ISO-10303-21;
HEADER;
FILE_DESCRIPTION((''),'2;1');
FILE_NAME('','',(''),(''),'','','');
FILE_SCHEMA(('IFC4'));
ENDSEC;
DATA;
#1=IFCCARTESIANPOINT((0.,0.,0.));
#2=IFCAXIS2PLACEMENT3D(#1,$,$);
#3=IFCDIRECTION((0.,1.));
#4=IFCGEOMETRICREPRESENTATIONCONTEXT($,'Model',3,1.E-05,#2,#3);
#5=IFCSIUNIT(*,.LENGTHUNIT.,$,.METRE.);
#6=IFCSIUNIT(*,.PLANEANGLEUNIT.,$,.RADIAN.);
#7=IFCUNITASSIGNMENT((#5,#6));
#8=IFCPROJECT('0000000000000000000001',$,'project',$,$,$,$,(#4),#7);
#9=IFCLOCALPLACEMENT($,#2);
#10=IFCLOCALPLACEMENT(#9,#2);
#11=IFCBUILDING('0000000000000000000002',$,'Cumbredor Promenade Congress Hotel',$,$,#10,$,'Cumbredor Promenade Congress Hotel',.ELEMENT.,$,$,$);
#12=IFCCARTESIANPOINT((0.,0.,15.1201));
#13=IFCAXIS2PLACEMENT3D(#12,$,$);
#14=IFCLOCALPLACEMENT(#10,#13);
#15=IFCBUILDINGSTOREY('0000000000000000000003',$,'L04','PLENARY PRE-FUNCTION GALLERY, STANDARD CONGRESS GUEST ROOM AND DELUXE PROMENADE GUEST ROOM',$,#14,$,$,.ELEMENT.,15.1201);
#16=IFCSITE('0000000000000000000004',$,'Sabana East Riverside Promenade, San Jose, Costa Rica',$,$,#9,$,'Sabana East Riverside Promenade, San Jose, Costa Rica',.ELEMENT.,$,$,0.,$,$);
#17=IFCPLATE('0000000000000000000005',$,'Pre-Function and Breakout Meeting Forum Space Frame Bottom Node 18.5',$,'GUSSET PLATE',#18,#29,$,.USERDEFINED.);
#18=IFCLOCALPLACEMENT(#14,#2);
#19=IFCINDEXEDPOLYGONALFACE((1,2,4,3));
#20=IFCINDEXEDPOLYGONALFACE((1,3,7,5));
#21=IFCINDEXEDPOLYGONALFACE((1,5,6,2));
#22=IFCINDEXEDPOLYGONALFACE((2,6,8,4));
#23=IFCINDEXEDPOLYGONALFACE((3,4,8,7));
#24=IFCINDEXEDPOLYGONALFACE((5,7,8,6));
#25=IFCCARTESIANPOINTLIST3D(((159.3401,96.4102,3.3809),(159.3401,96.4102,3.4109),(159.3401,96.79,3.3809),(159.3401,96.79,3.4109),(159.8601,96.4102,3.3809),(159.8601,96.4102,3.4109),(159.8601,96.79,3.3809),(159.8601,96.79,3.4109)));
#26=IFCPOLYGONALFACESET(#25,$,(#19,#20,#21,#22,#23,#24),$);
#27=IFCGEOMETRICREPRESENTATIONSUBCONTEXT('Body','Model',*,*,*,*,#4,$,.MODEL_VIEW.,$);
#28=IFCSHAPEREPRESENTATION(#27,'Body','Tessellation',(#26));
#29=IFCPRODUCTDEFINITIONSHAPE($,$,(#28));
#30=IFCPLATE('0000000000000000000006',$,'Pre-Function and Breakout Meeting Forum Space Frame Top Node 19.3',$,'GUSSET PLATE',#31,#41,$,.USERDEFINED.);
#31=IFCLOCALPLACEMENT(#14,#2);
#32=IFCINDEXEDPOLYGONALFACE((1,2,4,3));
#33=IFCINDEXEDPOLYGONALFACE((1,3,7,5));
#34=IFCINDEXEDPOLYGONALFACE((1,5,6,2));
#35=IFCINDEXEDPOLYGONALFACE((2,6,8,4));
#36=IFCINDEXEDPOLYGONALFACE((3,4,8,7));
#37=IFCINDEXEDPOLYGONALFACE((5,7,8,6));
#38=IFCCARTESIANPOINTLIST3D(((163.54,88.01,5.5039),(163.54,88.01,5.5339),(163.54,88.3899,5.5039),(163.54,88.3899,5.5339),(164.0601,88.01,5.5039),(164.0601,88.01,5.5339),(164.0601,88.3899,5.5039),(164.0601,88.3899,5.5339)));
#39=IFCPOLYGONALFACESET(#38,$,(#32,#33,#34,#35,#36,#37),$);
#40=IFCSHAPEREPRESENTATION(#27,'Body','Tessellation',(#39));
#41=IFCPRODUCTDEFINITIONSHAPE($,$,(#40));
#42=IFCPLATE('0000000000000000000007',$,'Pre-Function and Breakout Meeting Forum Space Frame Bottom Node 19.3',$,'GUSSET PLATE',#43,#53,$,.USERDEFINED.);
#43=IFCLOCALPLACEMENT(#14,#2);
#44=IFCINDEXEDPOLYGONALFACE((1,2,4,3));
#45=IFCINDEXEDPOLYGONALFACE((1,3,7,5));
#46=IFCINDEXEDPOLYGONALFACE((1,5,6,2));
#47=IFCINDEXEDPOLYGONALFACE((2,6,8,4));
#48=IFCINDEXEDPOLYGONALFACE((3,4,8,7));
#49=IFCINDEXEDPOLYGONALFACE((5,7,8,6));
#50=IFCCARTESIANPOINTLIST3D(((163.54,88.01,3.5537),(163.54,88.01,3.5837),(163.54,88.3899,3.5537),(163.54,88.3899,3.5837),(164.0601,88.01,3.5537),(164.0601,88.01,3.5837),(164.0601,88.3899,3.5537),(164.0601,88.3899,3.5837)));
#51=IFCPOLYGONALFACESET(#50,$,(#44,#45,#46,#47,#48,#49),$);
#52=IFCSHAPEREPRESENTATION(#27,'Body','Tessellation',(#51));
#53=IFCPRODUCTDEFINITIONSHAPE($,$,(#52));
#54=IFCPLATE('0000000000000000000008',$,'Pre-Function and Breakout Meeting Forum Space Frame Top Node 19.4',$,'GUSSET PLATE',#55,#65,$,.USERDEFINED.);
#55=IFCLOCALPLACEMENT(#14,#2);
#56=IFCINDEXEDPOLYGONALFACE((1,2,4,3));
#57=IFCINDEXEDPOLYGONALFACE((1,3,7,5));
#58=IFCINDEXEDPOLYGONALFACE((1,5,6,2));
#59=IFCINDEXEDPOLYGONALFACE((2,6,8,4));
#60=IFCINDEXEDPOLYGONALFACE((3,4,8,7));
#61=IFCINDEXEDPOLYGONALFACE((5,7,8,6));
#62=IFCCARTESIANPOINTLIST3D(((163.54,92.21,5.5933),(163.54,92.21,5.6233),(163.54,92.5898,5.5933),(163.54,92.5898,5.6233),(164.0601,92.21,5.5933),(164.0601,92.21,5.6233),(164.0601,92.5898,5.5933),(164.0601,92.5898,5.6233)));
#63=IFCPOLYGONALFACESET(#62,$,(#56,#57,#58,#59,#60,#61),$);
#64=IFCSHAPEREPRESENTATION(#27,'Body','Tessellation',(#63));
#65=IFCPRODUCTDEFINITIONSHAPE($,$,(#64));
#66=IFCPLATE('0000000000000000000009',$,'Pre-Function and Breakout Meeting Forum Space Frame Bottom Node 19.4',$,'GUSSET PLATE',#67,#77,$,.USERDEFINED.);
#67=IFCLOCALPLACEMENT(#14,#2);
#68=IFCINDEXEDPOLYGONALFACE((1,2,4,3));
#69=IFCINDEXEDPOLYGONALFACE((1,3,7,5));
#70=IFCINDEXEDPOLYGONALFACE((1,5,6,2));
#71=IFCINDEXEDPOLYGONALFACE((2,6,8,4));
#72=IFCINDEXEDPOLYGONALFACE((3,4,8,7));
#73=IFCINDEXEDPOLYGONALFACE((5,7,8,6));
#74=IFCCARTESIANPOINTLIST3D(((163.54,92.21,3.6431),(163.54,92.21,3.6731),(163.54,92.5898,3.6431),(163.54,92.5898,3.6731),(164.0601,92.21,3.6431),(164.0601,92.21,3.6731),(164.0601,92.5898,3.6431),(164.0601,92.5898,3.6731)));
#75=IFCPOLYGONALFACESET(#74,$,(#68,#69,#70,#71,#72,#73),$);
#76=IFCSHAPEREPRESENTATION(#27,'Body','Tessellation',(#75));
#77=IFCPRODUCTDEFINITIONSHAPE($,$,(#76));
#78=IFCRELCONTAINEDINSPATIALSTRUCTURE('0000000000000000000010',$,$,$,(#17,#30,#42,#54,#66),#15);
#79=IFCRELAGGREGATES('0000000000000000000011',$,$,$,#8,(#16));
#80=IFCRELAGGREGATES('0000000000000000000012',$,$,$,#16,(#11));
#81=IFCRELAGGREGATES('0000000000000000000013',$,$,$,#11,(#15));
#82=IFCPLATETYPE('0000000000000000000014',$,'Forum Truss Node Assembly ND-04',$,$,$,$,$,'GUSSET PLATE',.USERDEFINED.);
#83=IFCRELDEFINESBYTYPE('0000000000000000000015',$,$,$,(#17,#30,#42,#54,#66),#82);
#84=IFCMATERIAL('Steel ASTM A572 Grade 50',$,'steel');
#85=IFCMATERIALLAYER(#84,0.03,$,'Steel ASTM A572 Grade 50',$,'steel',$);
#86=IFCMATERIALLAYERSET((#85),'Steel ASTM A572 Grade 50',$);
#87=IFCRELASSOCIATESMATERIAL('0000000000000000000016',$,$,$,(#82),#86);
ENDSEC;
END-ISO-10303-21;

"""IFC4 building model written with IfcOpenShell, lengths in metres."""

from ifc_helpers import new_model, si_unit, direction, frame, origin, origin_2d, place, context, subcontext, project, spatial, rectangle, extrude, material, layer, layer_set, type_object, element, save


model = new_model("IFC4")

# Units and contexts
model_context = context("Model", 3, precision=1e-05, world=origin(), true_north=direction((0.0, 1.0)))
body_context = subcontext(model_context, "Body", "Model", "MODEL_VIEW")
ifc_project = project(units=[si_unit("LENGTHUNIT", "METRE"), si_unit("PLANEANGLEUNIT", "RADIAN")], contexts=[model_context])

# Site, building, storey
site_placement = place(None, origin())
site = spatial("IfcSite", under=ifc_project, at=site_placement, Name="Sabana East Riverside Promenade, San Jose, Costa Rica", LongName="Sabana East Riverside Promenade, San Jose, Costa Rica", CompositionType="ELEMENT", RefElevation=0.0)
building_placement = place(site_placement, origin())
building = spatial("IfcBuilding", under=site, at=building_placement, Name="Cumbredor Promenade Congress Hotel", LongName="Cumbredor Promenade Congress Hotel", CompositionType="ELEMENT")
storey_placement = place(building_placement, frame((0.0, 0.0, 15.1201)))
storey = spatial("IfcBuildingStorey", under=building, at=storey_placement, Name="L04", Description="PLENARY PRE-FUNCTION GALLERY, STANDARD CONGRESS GUEST ROOM AND DELUXE PROMENADE GUEST ROOM", CompositionType="ELEMENT", Elevation=15.1201)

# Plates
ifc_material_1 = material(Name="Steel ASTM A572 Grade 50", Category="steel")
ifc_layer = layer(ifc_material_1, 0.03, Name="Steel ASTM A572 Grade 50", Category="steel")
ifc_layer_set = layer_set([ifc_layer], Name="Steel ASTM A572 Grade 50")
plate_type = type_object("IfcPlateType", Name="Forum Truss Node Assembly ND-04", ElementType="GUSSET PLATE", PredefinedType="USERDEFINED", material=ifc_layer_set)
for number, where, z_axis, x_axis, name in (
    (1, (159.6001, 96.6001, 3.3809), (0.0, 0.0, 1.0), (1.0, 0.0, 0.0), "Pre-Function and Breakout Meeting Forum Space Frame Bottom Node 18.5"),
    (2, (163.8, 88.2, 5.5039), (0.0, 0.0, 1.0), (1.0, 0.0, 0.0), "Pre-Function and Breakout Meeting Forum Space Frame Top Node 19.3"),
    (3, (163.8, 88.2, 3.5537), (0.0, 0.0, 1.0), (1.0, 0.0, 0.0), "Pre-Function and Breakout Meeting Forum Space Frame Bottom Node 19.3"),
    (4, (163.8, 92.3999, 5.5933), (0.0, 0.0, 1.0), (1.0, 0.0, 0.0), "Pre-Function and Breakout Meeting Forum Space Frame Top Node 19.4"),
    (5, (163.8, 92.3999, 3.6431), (0.0, 0.0, 1.0), (1.0, 0.0, 0.0), "Pre-Function and Breakout Meeting Forum Space Frame Bottom Node 19.4"),
):
    element("IfcPlate", number, at=place(storey_placement, frame(where, z_axis=z_axis, x_axis=x_axis)), inside=storey, type_object=plate_type, Name=name, ObjectType="GUSSET PLATE", PredefinedType="USERDEFINED", context=body_context, shape_type="SweptSolid", body=[
        extrude(rectangle(XDim=0.52, YDim=0.3799, at=origin_2d()), origin(), (0.0, 0.0, 1.0), 0.03),
    ])

save(model, "model.ifc")
